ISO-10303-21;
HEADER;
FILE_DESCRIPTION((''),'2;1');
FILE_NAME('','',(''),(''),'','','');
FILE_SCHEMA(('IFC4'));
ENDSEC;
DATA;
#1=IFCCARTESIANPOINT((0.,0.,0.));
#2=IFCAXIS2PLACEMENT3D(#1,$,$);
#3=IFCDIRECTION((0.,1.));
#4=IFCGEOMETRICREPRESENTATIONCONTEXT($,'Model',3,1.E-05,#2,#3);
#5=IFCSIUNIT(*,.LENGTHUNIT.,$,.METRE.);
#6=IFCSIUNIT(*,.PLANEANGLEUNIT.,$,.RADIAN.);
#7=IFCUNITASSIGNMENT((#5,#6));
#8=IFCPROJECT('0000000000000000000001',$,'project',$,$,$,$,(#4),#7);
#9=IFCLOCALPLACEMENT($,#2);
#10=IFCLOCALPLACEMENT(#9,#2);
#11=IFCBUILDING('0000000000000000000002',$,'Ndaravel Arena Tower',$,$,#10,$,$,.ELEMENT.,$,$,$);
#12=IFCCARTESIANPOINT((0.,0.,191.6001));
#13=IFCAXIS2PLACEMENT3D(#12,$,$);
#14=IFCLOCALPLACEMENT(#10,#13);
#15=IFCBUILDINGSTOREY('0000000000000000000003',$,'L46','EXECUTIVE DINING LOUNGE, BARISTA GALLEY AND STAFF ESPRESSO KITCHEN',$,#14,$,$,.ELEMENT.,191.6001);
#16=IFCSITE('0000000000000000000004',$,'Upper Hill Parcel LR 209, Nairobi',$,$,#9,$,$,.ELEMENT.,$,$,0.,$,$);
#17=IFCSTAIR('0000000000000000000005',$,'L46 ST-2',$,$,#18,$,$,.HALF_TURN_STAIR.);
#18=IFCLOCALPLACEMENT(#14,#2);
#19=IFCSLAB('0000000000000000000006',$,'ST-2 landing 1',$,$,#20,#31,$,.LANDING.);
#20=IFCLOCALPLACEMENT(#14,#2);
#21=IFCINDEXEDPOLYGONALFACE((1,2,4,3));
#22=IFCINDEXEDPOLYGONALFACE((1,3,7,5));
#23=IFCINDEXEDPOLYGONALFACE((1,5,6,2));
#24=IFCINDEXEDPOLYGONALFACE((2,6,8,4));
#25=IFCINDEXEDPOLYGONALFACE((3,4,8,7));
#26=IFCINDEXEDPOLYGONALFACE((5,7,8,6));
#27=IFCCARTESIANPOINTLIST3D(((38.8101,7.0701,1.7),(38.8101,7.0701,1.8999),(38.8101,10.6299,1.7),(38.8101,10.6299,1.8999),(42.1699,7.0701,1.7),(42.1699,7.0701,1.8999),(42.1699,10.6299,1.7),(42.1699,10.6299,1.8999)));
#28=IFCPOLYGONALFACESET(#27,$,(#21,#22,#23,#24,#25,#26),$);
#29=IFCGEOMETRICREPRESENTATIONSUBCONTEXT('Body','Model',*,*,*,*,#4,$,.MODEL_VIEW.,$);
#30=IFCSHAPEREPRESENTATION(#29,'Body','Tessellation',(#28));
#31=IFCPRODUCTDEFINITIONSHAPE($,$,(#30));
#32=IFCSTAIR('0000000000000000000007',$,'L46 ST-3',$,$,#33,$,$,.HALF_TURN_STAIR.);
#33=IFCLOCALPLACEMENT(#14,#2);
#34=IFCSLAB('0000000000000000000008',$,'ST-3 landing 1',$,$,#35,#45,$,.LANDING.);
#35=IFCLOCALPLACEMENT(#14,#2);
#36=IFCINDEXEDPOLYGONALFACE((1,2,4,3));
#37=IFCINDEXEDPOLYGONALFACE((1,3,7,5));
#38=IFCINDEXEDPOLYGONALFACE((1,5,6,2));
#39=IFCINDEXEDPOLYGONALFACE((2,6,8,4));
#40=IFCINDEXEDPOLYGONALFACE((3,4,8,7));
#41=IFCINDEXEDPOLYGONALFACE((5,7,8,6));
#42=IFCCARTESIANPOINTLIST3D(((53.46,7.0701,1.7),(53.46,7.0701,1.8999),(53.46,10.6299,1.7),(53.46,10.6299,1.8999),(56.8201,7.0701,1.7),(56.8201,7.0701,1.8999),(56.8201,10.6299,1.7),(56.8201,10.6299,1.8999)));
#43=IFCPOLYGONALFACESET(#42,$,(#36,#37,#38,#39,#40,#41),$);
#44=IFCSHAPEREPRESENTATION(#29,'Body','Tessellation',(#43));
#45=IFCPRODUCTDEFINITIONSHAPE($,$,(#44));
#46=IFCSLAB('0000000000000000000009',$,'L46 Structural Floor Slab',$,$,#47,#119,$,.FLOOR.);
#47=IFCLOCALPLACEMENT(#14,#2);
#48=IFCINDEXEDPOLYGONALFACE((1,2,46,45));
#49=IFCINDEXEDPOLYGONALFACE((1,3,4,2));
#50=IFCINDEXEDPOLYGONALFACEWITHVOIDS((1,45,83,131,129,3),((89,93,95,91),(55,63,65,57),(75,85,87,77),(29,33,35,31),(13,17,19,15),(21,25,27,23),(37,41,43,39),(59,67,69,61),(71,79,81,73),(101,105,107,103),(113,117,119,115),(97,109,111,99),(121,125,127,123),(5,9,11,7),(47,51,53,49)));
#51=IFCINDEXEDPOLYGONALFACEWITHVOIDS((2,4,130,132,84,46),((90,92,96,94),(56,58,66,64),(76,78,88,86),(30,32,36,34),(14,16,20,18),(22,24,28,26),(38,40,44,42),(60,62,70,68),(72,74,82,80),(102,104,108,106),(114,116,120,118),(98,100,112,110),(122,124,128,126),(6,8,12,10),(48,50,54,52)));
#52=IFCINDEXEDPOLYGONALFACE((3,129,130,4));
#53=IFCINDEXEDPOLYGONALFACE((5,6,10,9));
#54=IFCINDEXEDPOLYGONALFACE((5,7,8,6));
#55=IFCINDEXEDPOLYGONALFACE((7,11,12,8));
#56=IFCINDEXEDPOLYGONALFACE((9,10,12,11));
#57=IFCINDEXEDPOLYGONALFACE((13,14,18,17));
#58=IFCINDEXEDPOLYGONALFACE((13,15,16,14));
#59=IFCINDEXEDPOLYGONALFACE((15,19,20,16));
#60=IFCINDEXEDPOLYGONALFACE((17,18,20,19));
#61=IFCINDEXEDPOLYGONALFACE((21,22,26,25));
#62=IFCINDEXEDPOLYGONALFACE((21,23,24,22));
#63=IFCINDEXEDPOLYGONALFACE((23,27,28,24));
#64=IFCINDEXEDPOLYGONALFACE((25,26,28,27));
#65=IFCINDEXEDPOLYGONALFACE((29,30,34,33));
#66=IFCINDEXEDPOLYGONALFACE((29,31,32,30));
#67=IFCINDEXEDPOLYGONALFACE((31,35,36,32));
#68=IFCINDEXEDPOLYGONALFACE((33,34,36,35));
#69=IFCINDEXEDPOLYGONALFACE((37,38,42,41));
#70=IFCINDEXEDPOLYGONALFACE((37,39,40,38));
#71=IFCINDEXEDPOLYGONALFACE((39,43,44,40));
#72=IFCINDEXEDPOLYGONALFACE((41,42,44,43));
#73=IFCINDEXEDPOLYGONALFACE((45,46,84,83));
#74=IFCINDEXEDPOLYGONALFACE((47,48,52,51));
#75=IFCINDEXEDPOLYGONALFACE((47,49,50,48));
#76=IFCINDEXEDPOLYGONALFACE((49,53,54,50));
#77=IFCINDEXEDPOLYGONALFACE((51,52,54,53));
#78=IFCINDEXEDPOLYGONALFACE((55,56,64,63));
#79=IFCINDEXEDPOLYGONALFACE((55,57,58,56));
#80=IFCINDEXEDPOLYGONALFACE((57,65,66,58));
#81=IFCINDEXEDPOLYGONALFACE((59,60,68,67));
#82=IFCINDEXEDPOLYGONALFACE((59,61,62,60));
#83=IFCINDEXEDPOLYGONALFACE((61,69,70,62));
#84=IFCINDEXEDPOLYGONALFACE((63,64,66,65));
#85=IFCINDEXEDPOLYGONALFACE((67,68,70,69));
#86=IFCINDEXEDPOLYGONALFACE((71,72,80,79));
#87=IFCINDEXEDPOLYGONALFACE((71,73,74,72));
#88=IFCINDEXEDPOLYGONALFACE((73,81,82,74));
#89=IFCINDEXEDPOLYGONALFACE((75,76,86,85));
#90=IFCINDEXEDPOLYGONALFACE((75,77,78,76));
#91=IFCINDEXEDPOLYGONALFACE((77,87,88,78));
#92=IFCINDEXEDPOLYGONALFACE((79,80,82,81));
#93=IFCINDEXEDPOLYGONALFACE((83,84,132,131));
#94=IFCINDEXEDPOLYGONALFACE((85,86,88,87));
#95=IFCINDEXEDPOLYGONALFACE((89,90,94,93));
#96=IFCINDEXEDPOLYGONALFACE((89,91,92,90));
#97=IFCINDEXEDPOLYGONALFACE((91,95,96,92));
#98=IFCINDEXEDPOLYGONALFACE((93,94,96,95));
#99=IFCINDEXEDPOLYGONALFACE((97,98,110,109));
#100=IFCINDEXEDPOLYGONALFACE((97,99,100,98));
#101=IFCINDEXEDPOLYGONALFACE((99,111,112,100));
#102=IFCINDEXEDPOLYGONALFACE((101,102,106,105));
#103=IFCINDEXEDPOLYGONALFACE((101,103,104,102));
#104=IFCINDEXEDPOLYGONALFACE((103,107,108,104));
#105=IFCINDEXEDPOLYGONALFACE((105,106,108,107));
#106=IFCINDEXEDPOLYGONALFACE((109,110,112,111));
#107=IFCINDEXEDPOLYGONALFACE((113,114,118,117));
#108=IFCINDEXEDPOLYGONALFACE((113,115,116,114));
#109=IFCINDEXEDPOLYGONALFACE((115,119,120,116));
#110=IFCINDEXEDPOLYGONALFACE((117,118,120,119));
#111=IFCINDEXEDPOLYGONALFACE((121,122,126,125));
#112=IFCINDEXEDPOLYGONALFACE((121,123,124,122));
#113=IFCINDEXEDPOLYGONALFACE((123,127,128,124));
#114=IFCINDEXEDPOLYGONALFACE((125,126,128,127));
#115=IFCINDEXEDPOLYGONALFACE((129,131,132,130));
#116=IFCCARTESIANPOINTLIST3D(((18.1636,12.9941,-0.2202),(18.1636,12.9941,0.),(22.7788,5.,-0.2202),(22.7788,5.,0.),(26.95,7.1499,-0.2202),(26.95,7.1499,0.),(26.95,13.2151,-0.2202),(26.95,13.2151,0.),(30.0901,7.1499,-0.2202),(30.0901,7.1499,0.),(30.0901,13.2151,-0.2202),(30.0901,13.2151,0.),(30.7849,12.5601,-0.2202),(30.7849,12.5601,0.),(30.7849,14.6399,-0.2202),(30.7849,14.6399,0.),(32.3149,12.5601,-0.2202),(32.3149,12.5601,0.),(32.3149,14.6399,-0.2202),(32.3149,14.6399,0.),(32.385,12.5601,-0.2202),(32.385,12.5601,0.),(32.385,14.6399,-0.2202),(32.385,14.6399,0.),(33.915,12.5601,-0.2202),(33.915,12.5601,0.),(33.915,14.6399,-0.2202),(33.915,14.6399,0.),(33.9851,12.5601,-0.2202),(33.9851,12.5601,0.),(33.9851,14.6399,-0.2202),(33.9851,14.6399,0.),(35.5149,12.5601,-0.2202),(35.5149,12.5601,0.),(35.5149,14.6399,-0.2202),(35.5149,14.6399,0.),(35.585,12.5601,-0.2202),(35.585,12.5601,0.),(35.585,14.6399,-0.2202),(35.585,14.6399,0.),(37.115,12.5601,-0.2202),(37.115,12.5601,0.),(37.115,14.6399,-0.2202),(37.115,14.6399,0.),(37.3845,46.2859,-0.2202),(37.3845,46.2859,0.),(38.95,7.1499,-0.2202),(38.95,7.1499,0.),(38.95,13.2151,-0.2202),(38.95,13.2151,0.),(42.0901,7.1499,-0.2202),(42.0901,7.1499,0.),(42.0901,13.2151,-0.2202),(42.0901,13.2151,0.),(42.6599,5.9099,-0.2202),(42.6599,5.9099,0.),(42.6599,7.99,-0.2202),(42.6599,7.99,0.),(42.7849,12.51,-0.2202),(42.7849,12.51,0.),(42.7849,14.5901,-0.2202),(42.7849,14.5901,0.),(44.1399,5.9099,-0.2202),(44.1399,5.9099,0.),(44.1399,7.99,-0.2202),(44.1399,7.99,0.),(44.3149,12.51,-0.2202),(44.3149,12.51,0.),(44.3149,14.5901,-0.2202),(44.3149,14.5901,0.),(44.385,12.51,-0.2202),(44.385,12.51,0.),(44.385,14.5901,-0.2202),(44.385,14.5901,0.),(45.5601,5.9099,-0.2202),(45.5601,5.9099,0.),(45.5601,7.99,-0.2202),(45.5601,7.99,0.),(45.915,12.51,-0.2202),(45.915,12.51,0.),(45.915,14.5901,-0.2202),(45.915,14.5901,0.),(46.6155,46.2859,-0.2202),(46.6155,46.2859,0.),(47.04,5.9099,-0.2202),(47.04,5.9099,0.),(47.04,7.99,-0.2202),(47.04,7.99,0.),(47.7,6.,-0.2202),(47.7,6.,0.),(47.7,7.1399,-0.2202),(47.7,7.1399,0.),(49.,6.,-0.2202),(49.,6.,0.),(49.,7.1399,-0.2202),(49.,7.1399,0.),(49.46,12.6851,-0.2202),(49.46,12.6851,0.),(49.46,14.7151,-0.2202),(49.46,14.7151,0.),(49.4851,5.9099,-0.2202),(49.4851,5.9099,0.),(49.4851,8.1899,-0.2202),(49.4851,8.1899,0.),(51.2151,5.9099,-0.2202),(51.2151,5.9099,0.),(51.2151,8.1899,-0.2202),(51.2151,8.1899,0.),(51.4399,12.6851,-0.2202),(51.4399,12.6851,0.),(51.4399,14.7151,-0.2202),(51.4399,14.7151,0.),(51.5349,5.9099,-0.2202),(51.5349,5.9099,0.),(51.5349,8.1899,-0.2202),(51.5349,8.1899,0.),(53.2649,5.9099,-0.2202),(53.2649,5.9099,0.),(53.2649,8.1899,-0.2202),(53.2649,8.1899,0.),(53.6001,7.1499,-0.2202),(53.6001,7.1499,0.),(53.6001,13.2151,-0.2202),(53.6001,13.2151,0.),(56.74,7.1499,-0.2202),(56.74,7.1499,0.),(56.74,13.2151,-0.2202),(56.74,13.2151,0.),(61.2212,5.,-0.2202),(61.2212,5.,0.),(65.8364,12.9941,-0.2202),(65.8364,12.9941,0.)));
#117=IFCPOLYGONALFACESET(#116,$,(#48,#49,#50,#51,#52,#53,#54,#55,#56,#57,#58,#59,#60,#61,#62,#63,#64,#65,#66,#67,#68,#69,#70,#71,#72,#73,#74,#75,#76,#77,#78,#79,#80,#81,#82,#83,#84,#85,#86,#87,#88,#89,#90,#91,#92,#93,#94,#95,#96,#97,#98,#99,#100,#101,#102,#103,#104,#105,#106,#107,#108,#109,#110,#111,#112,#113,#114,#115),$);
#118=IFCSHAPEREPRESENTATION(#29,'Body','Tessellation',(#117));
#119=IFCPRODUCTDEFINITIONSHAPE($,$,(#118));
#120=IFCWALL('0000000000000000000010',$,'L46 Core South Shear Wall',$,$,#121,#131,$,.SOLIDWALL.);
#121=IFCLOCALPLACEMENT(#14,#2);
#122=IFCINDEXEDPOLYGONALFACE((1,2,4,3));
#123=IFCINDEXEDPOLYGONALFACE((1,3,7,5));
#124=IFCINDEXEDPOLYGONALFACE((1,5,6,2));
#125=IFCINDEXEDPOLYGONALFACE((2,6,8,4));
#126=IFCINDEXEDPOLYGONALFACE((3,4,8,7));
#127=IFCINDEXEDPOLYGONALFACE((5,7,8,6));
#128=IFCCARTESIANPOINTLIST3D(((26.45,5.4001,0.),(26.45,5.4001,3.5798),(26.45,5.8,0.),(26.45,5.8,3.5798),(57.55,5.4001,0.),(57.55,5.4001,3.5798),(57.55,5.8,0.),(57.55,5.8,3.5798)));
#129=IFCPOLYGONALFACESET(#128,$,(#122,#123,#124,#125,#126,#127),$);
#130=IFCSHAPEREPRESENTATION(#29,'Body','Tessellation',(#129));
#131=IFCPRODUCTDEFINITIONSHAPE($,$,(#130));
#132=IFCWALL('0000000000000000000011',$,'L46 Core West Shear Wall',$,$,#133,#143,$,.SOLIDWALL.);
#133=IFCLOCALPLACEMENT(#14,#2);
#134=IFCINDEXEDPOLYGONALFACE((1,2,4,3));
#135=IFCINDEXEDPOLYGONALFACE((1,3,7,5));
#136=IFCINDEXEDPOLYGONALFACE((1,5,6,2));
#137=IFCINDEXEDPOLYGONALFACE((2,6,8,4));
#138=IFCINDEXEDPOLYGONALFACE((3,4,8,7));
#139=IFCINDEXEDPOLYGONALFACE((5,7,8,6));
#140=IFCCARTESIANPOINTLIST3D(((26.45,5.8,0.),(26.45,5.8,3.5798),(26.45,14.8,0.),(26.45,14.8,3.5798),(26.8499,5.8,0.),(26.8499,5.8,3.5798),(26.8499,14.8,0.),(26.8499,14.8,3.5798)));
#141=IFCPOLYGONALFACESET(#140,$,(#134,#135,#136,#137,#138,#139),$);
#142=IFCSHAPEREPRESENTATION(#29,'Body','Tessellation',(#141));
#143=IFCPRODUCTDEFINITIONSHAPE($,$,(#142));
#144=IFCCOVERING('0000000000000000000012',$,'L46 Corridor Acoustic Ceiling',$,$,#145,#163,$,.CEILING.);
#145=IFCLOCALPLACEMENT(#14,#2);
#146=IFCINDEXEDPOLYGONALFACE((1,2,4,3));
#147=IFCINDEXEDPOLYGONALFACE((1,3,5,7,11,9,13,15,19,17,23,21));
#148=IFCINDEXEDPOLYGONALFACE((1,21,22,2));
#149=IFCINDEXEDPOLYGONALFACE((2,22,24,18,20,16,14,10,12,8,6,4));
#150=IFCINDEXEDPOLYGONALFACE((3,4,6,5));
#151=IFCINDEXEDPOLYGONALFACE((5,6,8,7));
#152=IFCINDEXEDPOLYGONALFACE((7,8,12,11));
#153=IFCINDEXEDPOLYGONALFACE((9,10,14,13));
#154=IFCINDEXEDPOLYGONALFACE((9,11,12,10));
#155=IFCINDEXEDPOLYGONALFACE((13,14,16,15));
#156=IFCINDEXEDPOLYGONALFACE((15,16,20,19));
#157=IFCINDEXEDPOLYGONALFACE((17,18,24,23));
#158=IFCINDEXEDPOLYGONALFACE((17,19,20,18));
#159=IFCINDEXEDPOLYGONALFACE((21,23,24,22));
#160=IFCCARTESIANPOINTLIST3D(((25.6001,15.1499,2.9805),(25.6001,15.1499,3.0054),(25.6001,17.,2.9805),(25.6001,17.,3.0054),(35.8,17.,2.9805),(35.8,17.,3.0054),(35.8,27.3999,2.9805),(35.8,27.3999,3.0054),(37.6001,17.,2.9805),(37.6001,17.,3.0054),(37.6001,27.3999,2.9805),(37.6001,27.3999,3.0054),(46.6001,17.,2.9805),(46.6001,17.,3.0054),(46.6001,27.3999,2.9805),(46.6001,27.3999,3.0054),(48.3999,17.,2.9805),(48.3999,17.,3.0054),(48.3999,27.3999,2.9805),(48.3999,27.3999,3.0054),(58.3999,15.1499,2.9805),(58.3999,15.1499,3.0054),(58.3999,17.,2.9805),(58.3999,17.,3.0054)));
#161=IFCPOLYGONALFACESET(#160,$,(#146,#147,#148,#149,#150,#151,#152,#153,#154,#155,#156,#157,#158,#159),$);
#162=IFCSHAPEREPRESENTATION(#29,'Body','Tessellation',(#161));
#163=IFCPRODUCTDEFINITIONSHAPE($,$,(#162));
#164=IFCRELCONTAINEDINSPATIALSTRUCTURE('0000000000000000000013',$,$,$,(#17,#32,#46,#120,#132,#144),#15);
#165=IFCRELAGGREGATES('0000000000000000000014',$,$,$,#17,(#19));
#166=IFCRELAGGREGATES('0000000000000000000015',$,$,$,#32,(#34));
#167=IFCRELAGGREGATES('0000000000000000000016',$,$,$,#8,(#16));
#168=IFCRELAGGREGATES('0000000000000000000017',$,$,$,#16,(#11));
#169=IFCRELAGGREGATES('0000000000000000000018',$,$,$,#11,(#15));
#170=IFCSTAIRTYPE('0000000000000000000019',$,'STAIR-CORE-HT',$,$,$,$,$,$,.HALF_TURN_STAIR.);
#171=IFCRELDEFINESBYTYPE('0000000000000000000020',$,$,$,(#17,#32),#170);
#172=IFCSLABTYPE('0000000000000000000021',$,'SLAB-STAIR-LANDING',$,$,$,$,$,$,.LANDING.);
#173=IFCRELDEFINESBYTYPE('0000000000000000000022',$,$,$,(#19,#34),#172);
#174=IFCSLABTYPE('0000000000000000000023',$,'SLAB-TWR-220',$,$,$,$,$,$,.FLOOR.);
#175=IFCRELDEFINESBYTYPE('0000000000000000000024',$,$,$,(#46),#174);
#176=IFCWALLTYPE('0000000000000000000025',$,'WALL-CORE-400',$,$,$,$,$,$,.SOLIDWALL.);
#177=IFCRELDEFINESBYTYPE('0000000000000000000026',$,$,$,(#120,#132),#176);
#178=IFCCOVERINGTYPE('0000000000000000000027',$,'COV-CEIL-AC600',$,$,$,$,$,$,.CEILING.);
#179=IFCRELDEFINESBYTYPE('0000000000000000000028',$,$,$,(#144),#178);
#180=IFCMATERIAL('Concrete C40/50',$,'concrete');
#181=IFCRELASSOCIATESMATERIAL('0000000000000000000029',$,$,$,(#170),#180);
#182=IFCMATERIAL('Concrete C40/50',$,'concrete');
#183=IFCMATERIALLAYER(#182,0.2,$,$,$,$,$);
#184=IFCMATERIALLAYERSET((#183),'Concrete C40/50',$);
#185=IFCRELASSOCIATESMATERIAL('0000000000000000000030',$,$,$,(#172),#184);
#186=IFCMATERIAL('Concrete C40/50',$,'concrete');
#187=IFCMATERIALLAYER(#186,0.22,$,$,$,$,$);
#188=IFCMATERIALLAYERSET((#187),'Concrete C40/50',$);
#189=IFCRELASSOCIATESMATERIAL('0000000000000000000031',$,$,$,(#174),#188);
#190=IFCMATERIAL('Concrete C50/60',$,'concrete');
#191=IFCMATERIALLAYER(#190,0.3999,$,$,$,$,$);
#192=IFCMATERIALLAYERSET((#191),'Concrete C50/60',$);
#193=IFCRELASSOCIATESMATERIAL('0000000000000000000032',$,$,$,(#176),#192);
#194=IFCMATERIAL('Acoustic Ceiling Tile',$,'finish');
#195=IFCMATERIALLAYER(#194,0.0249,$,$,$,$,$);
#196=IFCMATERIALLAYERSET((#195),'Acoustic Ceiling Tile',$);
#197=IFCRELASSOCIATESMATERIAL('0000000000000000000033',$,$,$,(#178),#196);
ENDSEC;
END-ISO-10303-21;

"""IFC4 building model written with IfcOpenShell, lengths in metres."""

from ifc_helpers import new_model, si_unit, direction, frame, frame_2d, origin, place, context, subcontext, project, spatial, polyline, rectangle, outline, extrude, material, layer, layer_set, type_object, element, aggregate, save


model = new_model("IFC4")

# Units and contexts
model_context = context("Model", 3, precision=1e-05, world=origin(), true_north=direction((0.0, 1.0)))
body_context = subcontext(model_context, "Body", "Model", "MODEL_VIEW")
ifc_project = project(units=[si_unit("LENGTHUNIT", "METRE"), si_unit("PLANEANGLEUNIT", "RADIAN")], contexts=[model_context])

# Site, building, storey
site_placement = place(None, origin())
site = spatial("IfcSite", under=ifc_project, at=site_placement, Name="Upper Hill Parcel LR 209, Nairobi", CompositionType="ELEMENT", RefElevation=0.0)
building_placement = place(site_placement, origin())
building = spatial("IfcBuilding", under=site, at=building_placement, Name="Ndaravel Arena Tower", CompositionType="ELEMENT")
storey_placement = place(building_placement, frame((0.0, 0.0, 191.6001)))
storey = spatial("IfcBuildingStorey", under=building, at=storey_placement, Name="L46", Description="EXECUTIVE DINING LOUNGE, BARISTA GALLEY AND STAFF ESPRESSO KITCHEN", CompositionType="ELEMENT", Elevation=191.6001)

# Stairs, slabs
ifc_material_1 = material(Name="Concrete C40/50", Category="concrete")
stair_type = type_object("IfcStairType", Name="STAIR-CORE-HT", PredefinedType="HALF_TURN_STAIR", material=ifc_material_1)
ifc_material_2 = material(Name="Concrete C40/50", Category="concrete")
ifc_layer_1 = layer(ifc_material_2, 0.2)
ifc_layer_set_1 = layer_set([ifc_layer_1], Name="Concrete C40/50")
slab_type_1 = type_object("IfcSlabType", Name="SLAB-STAIR-LANDING", PredefinedType="LANDING", material=ifc_layer_set_1)
stair_1_placement = place(storey_placement, origin())
stair_1 = element("IfcStair", 1, at=stair_1_placement, inside=storey, type_object=stair_type, Name="L46 ST-2", PredefinedType="HALF_TURN_STAIR")
slab_1_placement = place(storey_placement, frame((0.0, 0.0, 1.7)))
slab_1 = element("IfcSlab", 2, at=slab_1_placement, type_object=slab_type_1, Name="ST-2 landing 1", PredefinedType="LANDING", context=body_context, shape_type="SweptSolid", body=[
    extrude(outline(polyline([(38.8101, 10.6299), (38.8101, 7.0701), (42.1699, 7.0701), (42.1699, 10.6299), (38.8101, 10.6299)])), origin(), (0.0, 0.0, 1.0), 0.2),
])
aggregate(stair_1, [slab_1])
stair_2_placement = place(storey_placement, origin())
stair_2 = element("IfcStair", 3, at=stair_2_placement, inside=storey, type_object=stair_type, Name="L46 ST-3", PredefinedType="HALF_TURN_STAIR")
slab_2_placement = place(storey_placement, frame((0.0, 0.0, 1.7)))
slab_2 = element("IfcSlab", 4, at=slab_2_placement, type_object=slab_type_1, Name="ST-3 landing 1", PredefinedType="LANDING", context=body_context, shape_type="SweptSolid", body=[
    extrude(outline(polyline([(53.46, 10.6299), (53.46, 7.0701), (56.8201, 7.0701), (56.8201, 10.6299), (53.46, 10.6299)])), origin(), (0.0, 0.0, 1.0), 0.2),
])
aggregate(stair_2, [slab_2])

# Slab
ifc_material_3 = material(Name="Concrete C40/50", Category="concrete")
ifc_layer_2 = layer(ifc_material_3, 0.22)
ifc_layer_set_2 = layer_set([ifc_layer_2], Name="Concrete C40/50")
slab_type_2 = type_object("IfcSlabType", Name="SLAB-TWR-220", PredefinedType="FLOOR", material=ifc_layer_set_2)
slab_3_placement = place(storey_placement, frame((0.0, 0.0, -0.2202)))
element("IfcSlab", 5, at=slab_3_placement, inside=storey, type_object=slab_type_2, Name="L46 Structural Floor Slab", PredefinedType="FLOOR", context=body_context, shape_type="SweptSolid", body=[
    extrude(outline(polyline([(18.1636, 12.9941), (22.7788, 5.0), (61.2212, 5.0), (65.8364, 12.9941), (46.6155, 46.2859), (37.3845, 46.2859), (18.1636, 12.9941)]), holes=[polyline([(26.95, 13.2151), (26.95, 7.1499), (30.0901, 7.1499), (30.0901, 13.2151), (26.95, 13.2151)]), polyline([(38.95, 13.2151), (38.95, 7.1499), (42.0901, 7.1499), (42.0901, 13.2151), (38.95, 13.2151)]), polyline([(53.6001, 13.2151), (53.6001, 7.1499), (56.74, 7.1499), (56.74, 13.2151), (53.6001, 13.2151)]), polyline([(30.7849, 12.5601), (32.3149, 12.5601), (32.3149, 14.6399), (30.7849, 14.6399), (30.7849, 12.5601)]), polyline([(32.385, 12.5601), (33.915, 12.5601), (33.915, 14.6399), (32.385, 14.6399), (32.385, 12.5601)]), polyline([(33.9851, 12.5601), (35.5149, 12.5601), (35.5149, 14.6399), (33.9851, 14.6399), (33.9851, 12.5601)]), polyline([(35.585, 12.5601), (37.115, 12.5601), (37.115, 14.6399), (35.585, 14.6399), (35.585, 12.5601)]), polyline([(42.6599, 5.9099), (44.1399, 5.9099), (44.1399, 7.99), (42.6599, 7.99), (42.6599, 5.9099)]), polyline([(45.5601, 5.9099), (47.04, 5.9099), (47.04, 7.99), (45.5601, 7.99), (45.5601, 5.9099)]), polyline([(42.7849, 12.51), (44.3149, 12.51), (44.3149, 14.5901), (42.7849, 14.5901), (42.7849, 12.51)]), polyline([(44.385, 12.51), (45.915, 12.51), (45.915, 14.5901), (44.385, 14.5901), (44.385, 12.51)]), polyline([(49.4851, 5.9099), (51.2151, 5.9099), (51.2151, 8.1899), (49.4851, 8.1899), (49.4851, 5.9099)]), polyline([(51.5349, 5.9099), (53.2649, 5.9099), (53.2649, 8.1899), (51.5349, 8.1899), (51.5349, 5.9099)]), polyline([(49.46, 12.6851), (51.4399, 12.6851), (51.4399, 14.7151), (49.46, 14.7151), (49.46, 12.6851)]), polyline([(47.7, 6.0), (49.0, 6.0), (49.0, 7.1399), (47.7, 7.1399), (47.7, 6.0)])]), origin(), (0.0, 0.0, 1.0), 0.2202),
])

# Walls
ifc_material_4 = material(Name="Concrete C50/60", Category="concrete")
ifc_layer_3 = layer(ifc_material_4, 0.3999)
ifc_layer_set_3 = layer_set([ifc_layer_3], Name="Concrete C50/60")
wall_type = type_object("IfcWallType", Name="WALL-CORE-400", PredefinedType="SOLIDWALL", material=ifc_layer_set_3)
wall_1_placement = place(storey_placement, frame((26.45, 5.6001, 0.0), z_axis=(0.0, 0.0, 1.0), x_axis=(1.0, 0.0, 0.0)))
element("IfcWall", 6, at=wall_1_placement, inside=storey, type_object=wall_type, Name="L46 Core South Shear Wall", PredefinedType="SOLIDWALL", context=body_context, shape_type="SweptSolid", body=[
    extrude(rectangle(XDim=31.1001, YDim=0.3999, at=frame_2d((15.55, 0.0))), origin(), (0.0, 0.0, 1.0), 3.5798),
])
wall_2_placement = place(storey_placement, frame((26.6499, 5.8, 0.0), z_axis=(0.0, 0.0, 1.0), x_axis=(0.0, 1.0, 0.0)))
element("IfcWall", 7, at=wall_2_placement, inside=storey, type_object=wall_type, Name="L46 Core West Shear Wall", PredefinedType="SOLIDWALL", context=body_context, shape_type="SweptSolid", body=[
    extrude(rectangle(XDim=9.0, YDim=0.3999, at=frame_2d((4.5, 0.0))), origin(), (0.0, 0.0, 1.0), 3.5798),
])

# Covering
ifc_material_5 = material(Name="Acoustic Ceiling Tile", Category="finish")
ifc_layer_4 = layer(ifc_material_5, 0.0249)
ifc_layer_set_4 = layer_set([ifc_layer_4], Name="Acoustic Ceiling Tile")
covering_type_1 = type_object("IfcCoveringType", Name="COV-CEIL-AC600", PredefinedType="CEILING", material=ifc_layer_set_4)
covering_1_placement = place(storey_placement, frame((0.0, 0.0, 2.9805)))
element("IfcCovering", 8, at=covering_1_placement, inside=storey, type_object=covering_type_1, Name="L46 Corridor Acoustic Ceiling", PredefinedType="CEILING", context=body_context, shape_type="SweptSolid", body=[
    extrude(outline(polyline([(58.3999, 17.0), (48.3999, 17.0), (48.3999, 27.3999), (46.6001, 27.3999), (46.6001, 17.0), (37.6001, 17.0), (37.6001, 27.3999), (35.8, 27.3999), (35.8, 17.0), (25.6001, 17.0), (25.6001, 15.1499), (58.3999, 15.1499), (58.3999, 17.0)])), origin(), (0.0, 0.0, 1.0), 0.0249),
])

save(model, "model.ifc")
